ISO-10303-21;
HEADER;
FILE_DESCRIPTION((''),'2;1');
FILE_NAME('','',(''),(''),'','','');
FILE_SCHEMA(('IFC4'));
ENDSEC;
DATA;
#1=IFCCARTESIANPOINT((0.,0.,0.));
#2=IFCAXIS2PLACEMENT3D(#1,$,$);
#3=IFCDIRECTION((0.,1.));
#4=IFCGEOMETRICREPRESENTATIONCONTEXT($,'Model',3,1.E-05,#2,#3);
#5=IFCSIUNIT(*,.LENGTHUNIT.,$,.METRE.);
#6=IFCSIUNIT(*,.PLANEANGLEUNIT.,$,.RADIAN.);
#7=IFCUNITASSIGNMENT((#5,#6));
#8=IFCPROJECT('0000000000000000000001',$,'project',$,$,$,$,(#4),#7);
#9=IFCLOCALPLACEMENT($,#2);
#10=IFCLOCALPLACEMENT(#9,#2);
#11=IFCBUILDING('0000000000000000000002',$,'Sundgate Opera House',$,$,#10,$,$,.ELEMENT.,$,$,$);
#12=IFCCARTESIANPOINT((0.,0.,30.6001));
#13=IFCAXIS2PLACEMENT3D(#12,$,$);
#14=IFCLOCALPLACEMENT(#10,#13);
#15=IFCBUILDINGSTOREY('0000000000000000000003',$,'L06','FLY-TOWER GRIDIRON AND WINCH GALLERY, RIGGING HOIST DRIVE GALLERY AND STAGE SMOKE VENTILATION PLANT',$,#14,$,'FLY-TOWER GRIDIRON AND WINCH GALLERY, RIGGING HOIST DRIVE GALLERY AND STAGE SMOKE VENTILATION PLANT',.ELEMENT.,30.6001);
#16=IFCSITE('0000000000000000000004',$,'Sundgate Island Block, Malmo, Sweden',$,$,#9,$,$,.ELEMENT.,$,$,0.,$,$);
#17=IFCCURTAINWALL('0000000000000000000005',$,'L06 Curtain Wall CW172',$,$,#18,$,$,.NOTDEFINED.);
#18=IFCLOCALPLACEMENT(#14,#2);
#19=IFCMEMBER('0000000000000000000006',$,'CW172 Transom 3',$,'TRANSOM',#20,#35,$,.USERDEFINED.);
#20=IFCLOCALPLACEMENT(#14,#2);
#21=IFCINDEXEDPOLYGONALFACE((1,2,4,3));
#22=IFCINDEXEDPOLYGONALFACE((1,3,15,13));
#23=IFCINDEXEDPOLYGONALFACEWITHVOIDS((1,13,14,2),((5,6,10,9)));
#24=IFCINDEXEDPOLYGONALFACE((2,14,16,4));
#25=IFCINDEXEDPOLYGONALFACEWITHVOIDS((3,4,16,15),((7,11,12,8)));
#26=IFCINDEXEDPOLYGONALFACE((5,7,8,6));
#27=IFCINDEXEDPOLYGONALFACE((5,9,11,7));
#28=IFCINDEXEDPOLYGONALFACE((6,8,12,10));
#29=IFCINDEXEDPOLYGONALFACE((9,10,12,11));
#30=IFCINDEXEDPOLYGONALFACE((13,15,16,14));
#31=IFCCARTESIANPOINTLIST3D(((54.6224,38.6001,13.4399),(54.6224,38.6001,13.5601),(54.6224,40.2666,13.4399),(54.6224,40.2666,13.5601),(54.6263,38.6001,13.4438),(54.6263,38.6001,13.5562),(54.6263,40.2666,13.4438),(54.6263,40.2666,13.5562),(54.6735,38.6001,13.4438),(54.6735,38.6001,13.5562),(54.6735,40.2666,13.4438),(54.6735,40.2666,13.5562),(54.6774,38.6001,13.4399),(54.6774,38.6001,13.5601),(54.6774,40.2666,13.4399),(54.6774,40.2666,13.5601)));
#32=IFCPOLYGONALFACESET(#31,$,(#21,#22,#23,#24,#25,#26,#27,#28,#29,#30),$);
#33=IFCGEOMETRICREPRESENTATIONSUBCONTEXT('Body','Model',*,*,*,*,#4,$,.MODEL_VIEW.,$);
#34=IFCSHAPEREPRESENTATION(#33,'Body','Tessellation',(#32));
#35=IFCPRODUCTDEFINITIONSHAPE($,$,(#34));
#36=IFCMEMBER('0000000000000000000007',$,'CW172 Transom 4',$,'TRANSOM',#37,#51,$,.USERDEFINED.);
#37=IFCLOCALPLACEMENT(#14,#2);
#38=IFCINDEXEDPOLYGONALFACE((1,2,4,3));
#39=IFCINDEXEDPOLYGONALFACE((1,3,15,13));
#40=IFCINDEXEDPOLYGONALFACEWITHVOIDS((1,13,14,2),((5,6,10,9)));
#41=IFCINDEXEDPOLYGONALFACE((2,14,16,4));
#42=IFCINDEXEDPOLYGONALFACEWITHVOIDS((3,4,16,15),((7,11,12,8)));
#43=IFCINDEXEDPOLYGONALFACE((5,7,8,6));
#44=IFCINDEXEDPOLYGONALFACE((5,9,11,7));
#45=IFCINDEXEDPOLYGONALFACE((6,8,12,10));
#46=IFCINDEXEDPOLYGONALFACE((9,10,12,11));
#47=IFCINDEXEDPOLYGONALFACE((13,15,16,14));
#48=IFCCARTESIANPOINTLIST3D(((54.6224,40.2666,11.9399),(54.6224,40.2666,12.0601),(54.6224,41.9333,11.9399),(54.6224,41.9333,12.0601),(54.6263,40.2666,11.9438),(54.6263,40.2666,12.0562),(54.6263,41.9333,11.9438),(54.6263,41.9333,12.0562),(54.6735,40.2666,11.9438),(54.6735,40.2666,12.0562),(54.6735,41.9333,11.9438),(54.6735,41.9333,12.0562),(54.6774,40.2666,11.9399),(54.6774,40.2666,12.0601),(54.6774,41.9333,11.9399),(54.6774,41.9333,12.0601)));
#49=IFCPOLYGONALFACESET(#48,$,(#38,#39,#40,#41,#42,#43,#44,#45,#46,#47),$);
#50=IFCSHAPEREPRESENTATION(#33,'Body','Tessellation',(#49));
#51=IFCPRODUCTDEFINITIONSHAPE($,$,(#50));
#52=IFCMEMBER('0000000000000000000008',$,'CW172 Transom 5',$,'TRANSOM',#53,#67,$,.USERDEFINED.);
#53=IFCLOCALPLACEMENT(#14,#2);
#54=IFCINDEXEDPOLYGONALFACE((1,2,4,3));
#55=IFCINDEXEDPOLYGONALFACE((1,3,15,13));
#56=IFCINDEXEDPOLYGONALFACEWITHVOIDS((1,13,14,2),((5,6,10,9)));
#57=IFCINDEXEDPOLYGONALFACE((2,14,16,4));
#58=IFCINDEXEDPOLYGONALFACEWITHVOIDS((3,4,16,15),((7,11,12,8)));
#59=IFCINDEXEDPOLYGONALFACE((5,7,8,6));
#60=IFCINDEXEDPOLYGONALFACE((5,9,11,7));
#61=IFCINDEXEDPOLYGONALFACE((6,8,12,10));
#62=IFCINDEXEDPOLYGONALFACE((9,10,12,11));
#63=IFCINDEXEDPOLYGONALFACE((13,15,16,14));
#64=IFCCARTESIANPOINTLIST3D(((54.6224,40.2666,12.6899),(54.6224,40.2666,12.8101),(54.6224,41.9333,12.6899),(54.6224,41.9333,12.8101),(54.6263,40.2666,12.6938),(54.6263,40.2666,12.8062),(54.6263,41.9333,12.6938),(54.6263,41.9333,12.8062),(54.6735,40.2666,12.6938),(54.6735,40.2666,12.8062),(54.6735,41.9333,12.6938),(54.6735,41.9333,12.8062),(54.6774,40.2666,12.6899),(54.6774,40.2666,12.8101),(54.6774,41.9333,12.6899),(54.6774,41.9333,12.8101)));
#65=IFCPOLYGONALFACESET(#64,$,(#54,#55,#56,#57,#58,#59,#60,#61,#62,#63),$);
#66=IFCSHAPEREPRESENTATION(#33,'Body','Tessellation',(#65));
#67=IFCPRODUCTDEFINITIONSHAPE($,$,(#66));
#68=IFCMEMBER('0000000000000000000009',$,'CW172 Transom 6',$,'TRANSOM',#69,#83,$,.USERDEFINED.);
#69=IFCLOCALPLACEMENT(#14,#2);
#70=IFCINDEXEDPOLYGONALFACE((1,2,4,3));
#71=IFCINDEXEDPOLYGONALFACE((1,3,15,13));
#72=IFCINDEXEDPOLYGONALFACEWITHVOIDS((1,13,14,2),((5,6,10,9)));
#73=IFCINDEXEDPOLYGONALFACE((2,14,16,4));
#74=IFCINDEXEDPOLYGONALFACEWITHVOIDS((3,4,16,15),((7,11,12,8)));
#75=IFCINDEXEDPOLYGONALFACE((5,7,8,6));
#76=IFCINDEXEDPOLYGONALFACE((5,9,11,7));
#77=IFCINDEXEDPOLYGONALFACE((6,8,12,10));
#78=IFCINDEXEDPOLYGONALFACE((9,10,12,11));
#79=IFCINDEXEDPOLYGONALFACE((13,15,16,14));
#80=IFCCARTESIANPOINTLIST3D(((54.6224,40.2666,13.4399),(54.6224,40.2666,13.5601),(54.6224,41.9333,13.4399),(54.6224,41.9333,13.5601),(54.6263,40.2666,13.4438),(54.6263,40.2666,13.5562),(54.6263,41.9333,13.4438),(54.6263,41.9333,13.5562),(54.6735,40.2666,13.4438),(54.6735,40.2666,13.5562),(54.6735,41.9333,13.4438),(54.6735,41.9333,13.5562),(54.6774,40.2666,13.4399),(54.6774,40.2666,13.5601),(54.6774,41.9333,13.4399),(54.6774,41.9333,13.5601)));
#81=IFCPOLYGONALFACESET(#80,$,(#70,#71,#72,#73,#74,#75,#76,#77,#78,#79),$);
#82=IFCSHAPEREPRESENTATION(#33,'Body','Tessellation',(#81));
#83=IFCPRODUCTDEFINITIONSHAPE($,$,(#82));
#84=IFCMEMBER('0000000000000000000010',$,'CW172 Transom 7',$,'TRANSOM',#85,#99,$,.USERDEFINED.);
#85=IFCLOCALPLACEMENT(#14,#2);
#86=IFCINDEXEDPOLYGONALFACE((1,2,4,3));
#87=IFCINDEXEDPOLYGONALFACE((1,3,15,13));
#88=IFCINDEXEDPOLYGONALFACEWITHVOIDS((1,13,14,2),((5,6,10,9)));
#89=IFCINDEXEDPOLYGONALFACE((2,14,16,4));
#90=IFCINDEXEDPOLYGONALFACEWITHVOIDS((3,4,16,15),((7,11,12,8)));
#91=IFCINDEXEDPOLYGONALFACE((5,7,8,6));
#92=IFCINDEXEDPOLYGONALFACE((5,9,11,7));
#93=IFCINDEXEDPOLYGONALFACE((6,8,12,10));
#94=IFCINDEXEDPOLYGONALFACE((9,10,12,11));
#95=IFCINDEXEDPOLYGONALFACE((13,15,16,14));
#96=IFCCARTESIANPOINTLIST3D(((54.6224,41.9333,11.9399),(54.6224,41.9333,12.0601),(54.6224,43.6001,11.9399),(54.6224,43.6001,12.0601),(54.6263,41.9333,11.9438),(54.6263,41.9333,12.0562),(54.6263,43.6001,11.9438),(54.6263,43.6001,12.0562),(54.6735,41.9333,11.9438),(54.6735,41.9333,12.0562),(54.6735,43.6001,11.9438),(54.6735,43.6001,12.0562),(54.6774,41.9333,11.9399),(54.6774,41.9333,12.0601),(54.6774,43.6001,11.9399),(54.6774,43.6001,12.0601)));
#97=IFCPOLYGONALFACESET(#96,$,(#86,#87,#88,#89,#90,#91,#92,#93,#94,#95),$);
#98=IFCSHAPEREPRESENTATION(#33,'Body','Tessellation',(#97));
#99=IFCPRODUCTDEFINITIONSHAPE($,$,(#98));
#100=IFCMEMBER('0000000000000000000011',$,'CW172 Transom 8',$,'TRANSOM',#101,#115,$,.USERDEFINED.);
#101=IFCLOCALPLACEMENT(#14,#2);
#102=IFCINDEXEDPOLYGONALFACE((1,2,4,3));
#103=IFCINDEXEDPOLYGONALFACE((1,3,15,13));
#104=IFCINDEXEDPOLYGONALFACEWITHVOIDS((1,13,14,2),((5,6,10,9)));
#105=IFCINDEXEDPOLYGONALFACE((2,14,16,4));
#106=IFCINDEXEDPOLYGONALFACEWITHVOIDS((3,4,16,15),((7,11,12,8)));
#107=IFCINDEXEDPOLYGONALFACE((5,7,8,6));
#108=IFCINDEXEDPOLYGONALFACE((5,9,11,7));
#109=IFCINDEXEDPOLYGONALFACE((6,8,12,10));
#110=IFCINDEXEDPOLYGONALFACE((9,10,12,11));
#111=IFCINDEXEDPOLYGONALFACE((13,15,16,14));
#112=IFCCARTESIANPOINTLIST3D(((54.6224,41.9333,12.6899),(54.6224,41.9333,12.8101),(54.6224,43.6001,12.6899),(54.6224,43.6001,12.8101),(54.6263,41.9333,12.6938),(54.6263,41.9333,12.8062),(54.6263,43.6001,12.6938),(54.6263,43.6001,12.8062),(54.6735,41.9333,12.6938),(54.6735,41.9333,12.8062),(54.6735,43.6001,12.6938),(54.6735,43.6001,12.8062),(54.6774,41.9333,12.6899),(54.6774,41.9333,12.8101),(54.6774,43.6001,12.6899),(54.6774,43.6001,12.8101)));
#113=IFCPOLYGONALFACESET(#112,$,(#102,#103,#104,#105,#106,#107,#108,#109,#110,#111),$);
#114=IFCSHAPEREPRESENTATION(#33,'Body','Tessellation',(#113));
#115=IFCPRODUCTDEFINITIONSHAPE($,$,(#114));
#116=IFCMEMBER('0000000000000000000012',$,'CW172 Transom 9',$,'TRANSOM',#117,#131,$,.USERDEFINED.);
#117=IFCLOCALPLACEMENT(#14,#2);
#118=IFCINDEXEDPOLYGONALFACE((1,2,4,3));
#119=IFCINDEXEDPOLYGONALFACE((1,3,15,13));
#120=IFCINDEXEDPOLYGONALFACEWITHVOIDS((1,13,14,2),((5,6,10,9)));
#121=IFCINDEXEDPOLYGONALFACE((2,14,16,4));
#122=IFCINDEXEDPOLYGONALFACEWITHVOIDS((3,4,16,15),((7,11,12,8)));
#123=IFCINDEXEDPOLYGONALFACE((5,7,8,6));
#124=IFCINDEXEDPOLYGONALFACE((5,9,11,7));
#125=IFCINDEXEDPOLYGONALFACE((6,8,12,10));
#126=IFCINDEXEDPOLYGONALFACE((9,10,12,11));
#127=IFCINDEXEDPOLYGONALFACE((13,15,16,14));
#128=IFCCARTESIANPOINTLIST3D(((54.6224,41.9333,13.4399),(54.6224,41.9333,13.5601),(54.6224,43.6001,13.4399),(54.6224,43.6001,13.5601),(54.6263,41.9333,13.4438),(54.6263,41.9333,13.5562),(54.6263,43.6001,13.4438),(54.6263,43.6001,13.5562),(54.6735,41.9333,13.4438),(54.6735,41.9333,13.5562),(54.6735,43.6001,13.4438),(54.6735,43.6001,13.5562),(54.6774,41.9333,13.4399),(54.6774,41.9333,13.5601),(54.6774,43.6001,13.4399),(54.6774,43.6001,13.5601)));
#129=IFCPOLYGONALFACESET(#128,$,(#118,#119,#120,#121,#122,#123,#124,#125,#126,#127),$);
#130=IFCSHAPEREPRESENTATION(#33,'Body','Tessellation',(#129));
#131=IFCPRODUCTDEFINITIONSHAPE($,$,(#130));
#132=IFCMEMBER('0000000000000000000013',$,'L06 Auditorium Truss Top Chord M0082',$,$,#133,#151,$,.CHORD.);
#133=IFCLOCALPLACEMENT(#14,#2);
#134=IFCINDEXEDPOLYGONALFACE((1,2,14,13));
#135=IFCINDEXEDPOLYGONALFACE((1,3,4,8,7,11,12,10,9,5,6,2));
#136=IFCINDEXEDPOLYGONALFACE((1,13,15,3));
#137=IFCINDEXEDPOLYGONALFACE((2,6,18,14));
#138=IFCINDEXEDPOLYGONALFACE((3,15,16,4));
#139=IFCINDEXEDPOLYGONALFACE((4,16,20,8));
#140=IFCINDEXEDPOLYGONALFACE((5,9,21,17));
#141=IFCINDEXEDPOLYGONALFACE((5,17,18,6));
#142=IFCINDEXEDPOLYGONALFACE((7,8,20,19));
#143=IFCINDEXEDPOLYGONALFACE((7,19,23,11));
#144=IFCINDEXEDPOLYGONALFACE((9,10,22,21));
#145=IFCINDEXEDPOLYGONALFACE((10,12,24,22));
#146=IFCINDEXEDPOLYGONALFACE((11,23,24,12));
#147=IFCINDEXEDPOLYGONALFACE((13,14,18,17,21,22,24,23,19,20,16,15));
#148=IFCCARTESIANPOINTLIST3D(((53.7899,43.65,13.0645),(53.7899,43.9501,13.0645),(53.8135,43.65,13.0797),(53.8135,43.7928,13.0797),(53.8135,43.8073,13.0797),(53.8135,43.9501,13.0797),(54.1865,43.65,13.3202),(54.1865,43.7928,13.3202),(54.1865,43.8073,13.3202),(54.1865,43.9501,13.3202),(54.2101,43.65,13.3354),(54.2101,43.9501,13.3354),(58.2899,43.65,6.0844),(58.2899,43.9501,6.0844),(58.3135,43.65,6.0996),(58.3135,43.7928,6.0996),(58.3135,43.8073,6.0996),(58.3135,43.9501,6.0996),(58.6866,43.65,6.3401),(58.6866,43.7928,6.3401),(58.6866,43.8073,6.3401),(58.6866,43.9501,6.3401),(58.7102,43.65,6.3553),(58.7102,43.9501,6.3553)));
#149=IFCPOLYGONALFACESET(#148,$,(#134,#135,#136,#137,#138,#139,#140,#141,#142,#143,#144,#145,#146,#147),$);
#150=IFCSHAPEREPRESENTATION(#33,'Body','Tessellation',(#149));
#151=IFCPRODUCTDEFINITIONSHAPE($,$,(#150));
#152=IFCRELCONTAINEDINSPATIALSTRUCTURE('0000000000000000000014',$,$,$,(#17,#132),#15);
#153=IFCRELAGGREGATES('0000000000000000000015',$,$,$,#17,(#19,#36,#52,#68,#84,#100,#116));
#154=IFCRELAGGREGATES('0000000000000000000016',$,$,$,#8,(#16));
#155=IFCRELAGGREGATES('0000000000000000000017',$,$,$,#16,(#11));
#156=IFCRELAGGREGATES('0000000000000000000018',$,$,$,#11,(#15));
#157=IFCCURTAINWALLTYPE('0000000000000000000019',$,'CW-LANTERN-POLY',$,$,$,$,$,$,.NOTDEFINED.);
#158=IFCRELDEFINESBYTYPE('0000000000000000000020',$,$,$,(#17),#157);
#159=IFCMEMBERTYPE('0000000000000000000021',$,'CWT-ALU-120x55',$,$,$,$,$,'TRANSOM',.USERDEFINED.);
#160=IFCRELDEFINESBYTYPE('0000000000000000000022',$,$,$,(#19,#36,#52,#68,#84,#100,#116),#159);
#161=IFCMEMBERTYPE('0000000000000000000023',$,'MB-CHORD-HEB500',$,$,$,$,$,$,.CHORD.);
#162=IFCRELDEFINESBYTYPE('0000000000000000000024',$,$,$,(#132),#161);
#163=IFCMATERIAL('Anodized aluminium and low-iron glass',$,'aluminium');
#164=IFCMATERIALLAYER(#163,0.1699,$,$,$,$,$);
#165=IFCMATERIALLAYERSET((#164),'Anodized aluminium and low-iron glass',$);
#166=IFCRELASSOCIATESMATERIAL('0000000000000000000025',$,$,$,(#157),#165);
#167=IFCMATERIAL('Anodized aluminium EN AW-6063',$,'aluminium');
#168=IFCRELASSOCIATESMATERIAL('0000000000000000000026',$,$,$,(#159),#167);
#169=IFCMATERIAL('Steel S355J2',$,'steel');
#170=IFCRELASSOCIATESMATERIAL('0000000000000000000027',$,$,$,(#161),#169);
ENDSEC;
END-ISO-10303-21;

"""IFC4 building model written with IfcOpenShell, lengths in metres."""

from ifc_helpers import new_model, si_unit, direction, frame, origin, origin_2d, place, context, subcontext, project, spatial, hollow_rectangle, i_section, extrude, material, layer, layer_set, material_profile, profile_set, type_object, element, aggregate, save


model = new_model("IFC4")

# Units and contexts
model_context = context("Model", 3, precision=1e-05, world=origin(), true_north=direction((0.0, 1.0)))
body_context = subcontext(model_context, "Body", "Model", "MODEL_VIEW")
ifc_project = project(units=[si_unit("LENGTHUNIT", "METRE"), si_unit("PLANEANGLEUNIT", "RADIAN")], contexts=[model_context])

# Site, building, storey
site_placement = place(None, origin())
site = spatial("IfcSite", under=ifc_project, at=site_placement, Name="Sundgate Island Block, Malmo, Sweden", CompositionType="ELEMENT", RefElevation=0.0)
building_placement = place(site_placement, origin())
building = spatial("IfcBuilding", under=site, at=building_placement, Name="Sundgate Opera House", CompositionType="ELEMENT")
storey_placement = place(building_placement, frame((0.0, 0.0, 30.6001)))
storey = spatial("IfcBuildingStorey", under=building, at=storey_placement, Name="L06", Description="FLY-TOWER GRIDIRON AND WINCH GALLERY, RIGGING HOIST DRIVE GALLERY AND STAGE SMOKE VENTILATION PLANT", LongName="FLY-TOWER GRIDIRON AND WINCH GALLERY, RIGGING HOIST DRIVE GALLERY AND STAGE SMOKE VENTILATION PLANT", CompositionType="ELEMENT", Elevation=30.6001)

# Shared definitions
ifc_material_1 = material(Name="Anodized aluminium and low-iron glass", Category="aluminium")
ifc_layer_1 = layer(ifc_material_1, 0.1699)
ifc_layer_set_1 = layer_set([ifc_layer_1], Name="Anodized aluminium and low-iron glass")
curtain_wall_type = type_object("IfcCurtainWallType", Name="CW-LANTERN-POLY", PredefinedType="NOTDEFINED", material=ifc_layer_set_1)

# Curtain wall
curtain_wall_1_placement = place(storey_placement, origin())
curtain_wall_1 = element("IfcCurtainWall", 1, at=curtain_wall_1_placement, inside=storey, type_object=curtain_wall_type, Name="L06 Curtain Wall CW172", PredefinedType="NOTDEFINED")

# Members
ifc_material_2 = material(Name="Anodized aluminium EN AW-6063", Category="aluminium")
ifc_material_profile_1 = material_profile(ifc_material_2, hollow_rectangle(XDim=0.0549, YDim=0.1201, WallThickness=0.0039, at=origin_2d()), Name="CWT 120x55x4")
ifc_profile_set_1 = profile_set([ifc_material_profile_1], Name="Anodized aluminium EN AW-6063")
member_type_1 = type_object("IfcMemberType", Name="CWT-ALU-120x55", ElementType="TRANSOM", PredefinedType="USERDEFINED", material=ifc_profile_set_1)
member_1_placement = place(storey_placement, frame((54.6499, 38.6001, 13.5), z_axis=(0.0, 1.0, 0.0), x_axis=(-1.0, 0.0, 0.0)))
member_1 = element("IfcMember", 2, at=member_1_placement, type_object=member_type_1, Name="CW172 Transom 3", ObjectType="TRANSOM", PredefinedType="USERDEFINED", context=body_context, shape_type="SweptSolid", body=[
    extrude(hollow_rectangle(XDim=0.0549, YDim=0.1201, WallThickness=0.0039, at=origin_2d()), origin(), (0.0, 0.0, 1.0), 1.6665),
])
member_2_placement = place(storey_placement, frame((54.6499, 40.2666, 12.0), z_axis=(0.0, 1.0, 0.0), x_axis=(-1.0, 0.0, 0.0)))
member_2 = element("IfcMember", 3, at=member_2_placement, type_object=member_type_1, Name="CW172 Transom 4", ObjectType="TRANSOM", PredefinedType="USERDEFINED", context=body_context, shape_type="SweptSolid", body=[
    extrude(hollow_rectangle(XDim=0.0549, YDim=0.1201, WallThickness=0.0039, at=origin_2d()), origin(), (0.0, 0.0, 1.0), 1.6667),
])
member_3_placement = place(storey_placement, frame((54.6499, 40.2666, 12.75), z_axis=(0.0, 1.0, 0.0), x_axis=(-1.0, 0.0, 0.0)))
member_3 = element("IfcMember", 4, at=member_3_placement, type_object=member_type_1, Name="CW172 Transom 5", ObjectType="TRANSOM", PredefinedType="USERDEFINED", context=body_context, shape_type="SweptSolid", body=[
    extrude(hollow_rectangle(XDim=0.0549, YDim=0.1201, WallThickness=0.0039, at=origin_2d()), origin(), (0.0, 0.0, 1.0), 1.6667),
])
member_4_placement = place(storey_placement, frame((54.6499, 40.2666, 13.5), z_axis=(0.0, 1.0, 0.0), x_axis=(-1.0, 0.0, 0.0)))
member_4 = element("IfcMember", 5, at=member_4_placement, type_object=member_type_1, Name="CW172 Transom 6", ObjectType="TRANSOM", PredefinedType="USERDEFINED", context=body_context, shape_type="SweptSolid", body=[
    extrude(hollow_rectangle(XDim=0.0549, YDim=0.1201, WallThickness=0.0039, at=origin_2d()), origin(), (0.0, 0.0, 1.0), 1.6667),
])
member_5_placement = place(storey_placement, frame((54.6499, 41.9333, 12.0), z_axis=(0.0, 1.0, 0.0), x_axis=(-1.0, 0.0, 0.0)))
member_5 = element("IfcMember", 6, at=member_5_placement, type_object=member_type_1, Name="CW172 Transom 7", ObjectType="TRANSOM", PredefinedType="USERDEFINED", context=body_context, shape_type="SweptSolid", body=[
    extrude(hollow_rectangle(XDim=0.0549, YDim=0.1201, WallThickness=0.0039, at=origin_2d()), origin(), (0.0, 0.0, 1.0), 1.6667),
])
member_6_placement = place(storey_placement, frame((54.6499, 41.9333, 12.75), z_axis=(0.0, 1.0, 0.0), x_axis=(-1.0, 0.0, 0.0)))
member_6 = element("IfcMember", 7, at=member_6_placement, type_object=member_type_1, Name="CW172 Transom 8", ObjectType="TRANSOM", PredefinedType="USERDEFINED", context=body_context, shape_type="SweptSolid", body=[
    extrude(hollow_rectangle(XDim=0.0549, YDim=0.1201, WallThickness=0.0039, at=origin_2d()), origin(), (0.0, 0.0, 1.0), 1.6667),
])
member_7_placement = place(storey_placement, frame((54.6499, 41.9333, 13.5), z_axis=(0.0, 1.0, 0.0), x_axis=(-1.0, 0.0, 0.0)))
member_7 = element("IfcMember", 8, at=member_7_placement, type_object=member_type_1, Name="CW172 Transom 9", ObjectType="TRANSOM", PredefinedType="USERDEFINED", context=body_context, shape_type="SweptSolid", body=[
    extrude(hollow_rectangle(XDim=0.0549, YDim=0.1201, WallThickness=0.0039, at=origin_2d()), origin(), (0.0, 0.0, 1.0), 1.6667),
])

# Member
ifc_material_3 = material(Name="Steel S355J2", Category="steel")
ifc_material_profile_2 = material_profile(ifc_material_3, i_section(OverallWidth=0.3, OverallDepth=0.5, WebThickness=0.0144, FlangeThickness=0.0281, at=origin_2d()), Name="HEB 500")
ifc_profile_set_2 = profile_set([ifc_material_profile_2], Name="Steel S355J2")
member_type_2 = type_object("IfcMemberType", Name="MB-CHORD-HEB500", PredefinedType="CHORD", material=ifc_profile_set_2)
member_8_placement = place(storey_placement, frame((54.0, 43.8, 13.2), z_axis=(0.541854, 0.0, -0.840473), x_axis=(0.0, 1.0, 0.0)))
element("IfcMember", 9, at=member_8_placement, inside=storey, type_object=member_type_2, Name="L06 Auditorium Truss Top Chord M0082", PredefinedType="CHORD", context=body_context, shape_type="SweptSolid", body=[
    extrude(i_section(OverallWidth=0.3, OverallDepth=0.5, WebThickness=0.0144, FlangeThickness=0.0281, at=origin_2d()), origin(), (0.0, 0.0, 1.0), 8.3049),
])

aggregate(curtain_wall_1, [member_1, member_2, member_3, member_4, member_5, member_6, member_7])

save(model, "model.ifc")
